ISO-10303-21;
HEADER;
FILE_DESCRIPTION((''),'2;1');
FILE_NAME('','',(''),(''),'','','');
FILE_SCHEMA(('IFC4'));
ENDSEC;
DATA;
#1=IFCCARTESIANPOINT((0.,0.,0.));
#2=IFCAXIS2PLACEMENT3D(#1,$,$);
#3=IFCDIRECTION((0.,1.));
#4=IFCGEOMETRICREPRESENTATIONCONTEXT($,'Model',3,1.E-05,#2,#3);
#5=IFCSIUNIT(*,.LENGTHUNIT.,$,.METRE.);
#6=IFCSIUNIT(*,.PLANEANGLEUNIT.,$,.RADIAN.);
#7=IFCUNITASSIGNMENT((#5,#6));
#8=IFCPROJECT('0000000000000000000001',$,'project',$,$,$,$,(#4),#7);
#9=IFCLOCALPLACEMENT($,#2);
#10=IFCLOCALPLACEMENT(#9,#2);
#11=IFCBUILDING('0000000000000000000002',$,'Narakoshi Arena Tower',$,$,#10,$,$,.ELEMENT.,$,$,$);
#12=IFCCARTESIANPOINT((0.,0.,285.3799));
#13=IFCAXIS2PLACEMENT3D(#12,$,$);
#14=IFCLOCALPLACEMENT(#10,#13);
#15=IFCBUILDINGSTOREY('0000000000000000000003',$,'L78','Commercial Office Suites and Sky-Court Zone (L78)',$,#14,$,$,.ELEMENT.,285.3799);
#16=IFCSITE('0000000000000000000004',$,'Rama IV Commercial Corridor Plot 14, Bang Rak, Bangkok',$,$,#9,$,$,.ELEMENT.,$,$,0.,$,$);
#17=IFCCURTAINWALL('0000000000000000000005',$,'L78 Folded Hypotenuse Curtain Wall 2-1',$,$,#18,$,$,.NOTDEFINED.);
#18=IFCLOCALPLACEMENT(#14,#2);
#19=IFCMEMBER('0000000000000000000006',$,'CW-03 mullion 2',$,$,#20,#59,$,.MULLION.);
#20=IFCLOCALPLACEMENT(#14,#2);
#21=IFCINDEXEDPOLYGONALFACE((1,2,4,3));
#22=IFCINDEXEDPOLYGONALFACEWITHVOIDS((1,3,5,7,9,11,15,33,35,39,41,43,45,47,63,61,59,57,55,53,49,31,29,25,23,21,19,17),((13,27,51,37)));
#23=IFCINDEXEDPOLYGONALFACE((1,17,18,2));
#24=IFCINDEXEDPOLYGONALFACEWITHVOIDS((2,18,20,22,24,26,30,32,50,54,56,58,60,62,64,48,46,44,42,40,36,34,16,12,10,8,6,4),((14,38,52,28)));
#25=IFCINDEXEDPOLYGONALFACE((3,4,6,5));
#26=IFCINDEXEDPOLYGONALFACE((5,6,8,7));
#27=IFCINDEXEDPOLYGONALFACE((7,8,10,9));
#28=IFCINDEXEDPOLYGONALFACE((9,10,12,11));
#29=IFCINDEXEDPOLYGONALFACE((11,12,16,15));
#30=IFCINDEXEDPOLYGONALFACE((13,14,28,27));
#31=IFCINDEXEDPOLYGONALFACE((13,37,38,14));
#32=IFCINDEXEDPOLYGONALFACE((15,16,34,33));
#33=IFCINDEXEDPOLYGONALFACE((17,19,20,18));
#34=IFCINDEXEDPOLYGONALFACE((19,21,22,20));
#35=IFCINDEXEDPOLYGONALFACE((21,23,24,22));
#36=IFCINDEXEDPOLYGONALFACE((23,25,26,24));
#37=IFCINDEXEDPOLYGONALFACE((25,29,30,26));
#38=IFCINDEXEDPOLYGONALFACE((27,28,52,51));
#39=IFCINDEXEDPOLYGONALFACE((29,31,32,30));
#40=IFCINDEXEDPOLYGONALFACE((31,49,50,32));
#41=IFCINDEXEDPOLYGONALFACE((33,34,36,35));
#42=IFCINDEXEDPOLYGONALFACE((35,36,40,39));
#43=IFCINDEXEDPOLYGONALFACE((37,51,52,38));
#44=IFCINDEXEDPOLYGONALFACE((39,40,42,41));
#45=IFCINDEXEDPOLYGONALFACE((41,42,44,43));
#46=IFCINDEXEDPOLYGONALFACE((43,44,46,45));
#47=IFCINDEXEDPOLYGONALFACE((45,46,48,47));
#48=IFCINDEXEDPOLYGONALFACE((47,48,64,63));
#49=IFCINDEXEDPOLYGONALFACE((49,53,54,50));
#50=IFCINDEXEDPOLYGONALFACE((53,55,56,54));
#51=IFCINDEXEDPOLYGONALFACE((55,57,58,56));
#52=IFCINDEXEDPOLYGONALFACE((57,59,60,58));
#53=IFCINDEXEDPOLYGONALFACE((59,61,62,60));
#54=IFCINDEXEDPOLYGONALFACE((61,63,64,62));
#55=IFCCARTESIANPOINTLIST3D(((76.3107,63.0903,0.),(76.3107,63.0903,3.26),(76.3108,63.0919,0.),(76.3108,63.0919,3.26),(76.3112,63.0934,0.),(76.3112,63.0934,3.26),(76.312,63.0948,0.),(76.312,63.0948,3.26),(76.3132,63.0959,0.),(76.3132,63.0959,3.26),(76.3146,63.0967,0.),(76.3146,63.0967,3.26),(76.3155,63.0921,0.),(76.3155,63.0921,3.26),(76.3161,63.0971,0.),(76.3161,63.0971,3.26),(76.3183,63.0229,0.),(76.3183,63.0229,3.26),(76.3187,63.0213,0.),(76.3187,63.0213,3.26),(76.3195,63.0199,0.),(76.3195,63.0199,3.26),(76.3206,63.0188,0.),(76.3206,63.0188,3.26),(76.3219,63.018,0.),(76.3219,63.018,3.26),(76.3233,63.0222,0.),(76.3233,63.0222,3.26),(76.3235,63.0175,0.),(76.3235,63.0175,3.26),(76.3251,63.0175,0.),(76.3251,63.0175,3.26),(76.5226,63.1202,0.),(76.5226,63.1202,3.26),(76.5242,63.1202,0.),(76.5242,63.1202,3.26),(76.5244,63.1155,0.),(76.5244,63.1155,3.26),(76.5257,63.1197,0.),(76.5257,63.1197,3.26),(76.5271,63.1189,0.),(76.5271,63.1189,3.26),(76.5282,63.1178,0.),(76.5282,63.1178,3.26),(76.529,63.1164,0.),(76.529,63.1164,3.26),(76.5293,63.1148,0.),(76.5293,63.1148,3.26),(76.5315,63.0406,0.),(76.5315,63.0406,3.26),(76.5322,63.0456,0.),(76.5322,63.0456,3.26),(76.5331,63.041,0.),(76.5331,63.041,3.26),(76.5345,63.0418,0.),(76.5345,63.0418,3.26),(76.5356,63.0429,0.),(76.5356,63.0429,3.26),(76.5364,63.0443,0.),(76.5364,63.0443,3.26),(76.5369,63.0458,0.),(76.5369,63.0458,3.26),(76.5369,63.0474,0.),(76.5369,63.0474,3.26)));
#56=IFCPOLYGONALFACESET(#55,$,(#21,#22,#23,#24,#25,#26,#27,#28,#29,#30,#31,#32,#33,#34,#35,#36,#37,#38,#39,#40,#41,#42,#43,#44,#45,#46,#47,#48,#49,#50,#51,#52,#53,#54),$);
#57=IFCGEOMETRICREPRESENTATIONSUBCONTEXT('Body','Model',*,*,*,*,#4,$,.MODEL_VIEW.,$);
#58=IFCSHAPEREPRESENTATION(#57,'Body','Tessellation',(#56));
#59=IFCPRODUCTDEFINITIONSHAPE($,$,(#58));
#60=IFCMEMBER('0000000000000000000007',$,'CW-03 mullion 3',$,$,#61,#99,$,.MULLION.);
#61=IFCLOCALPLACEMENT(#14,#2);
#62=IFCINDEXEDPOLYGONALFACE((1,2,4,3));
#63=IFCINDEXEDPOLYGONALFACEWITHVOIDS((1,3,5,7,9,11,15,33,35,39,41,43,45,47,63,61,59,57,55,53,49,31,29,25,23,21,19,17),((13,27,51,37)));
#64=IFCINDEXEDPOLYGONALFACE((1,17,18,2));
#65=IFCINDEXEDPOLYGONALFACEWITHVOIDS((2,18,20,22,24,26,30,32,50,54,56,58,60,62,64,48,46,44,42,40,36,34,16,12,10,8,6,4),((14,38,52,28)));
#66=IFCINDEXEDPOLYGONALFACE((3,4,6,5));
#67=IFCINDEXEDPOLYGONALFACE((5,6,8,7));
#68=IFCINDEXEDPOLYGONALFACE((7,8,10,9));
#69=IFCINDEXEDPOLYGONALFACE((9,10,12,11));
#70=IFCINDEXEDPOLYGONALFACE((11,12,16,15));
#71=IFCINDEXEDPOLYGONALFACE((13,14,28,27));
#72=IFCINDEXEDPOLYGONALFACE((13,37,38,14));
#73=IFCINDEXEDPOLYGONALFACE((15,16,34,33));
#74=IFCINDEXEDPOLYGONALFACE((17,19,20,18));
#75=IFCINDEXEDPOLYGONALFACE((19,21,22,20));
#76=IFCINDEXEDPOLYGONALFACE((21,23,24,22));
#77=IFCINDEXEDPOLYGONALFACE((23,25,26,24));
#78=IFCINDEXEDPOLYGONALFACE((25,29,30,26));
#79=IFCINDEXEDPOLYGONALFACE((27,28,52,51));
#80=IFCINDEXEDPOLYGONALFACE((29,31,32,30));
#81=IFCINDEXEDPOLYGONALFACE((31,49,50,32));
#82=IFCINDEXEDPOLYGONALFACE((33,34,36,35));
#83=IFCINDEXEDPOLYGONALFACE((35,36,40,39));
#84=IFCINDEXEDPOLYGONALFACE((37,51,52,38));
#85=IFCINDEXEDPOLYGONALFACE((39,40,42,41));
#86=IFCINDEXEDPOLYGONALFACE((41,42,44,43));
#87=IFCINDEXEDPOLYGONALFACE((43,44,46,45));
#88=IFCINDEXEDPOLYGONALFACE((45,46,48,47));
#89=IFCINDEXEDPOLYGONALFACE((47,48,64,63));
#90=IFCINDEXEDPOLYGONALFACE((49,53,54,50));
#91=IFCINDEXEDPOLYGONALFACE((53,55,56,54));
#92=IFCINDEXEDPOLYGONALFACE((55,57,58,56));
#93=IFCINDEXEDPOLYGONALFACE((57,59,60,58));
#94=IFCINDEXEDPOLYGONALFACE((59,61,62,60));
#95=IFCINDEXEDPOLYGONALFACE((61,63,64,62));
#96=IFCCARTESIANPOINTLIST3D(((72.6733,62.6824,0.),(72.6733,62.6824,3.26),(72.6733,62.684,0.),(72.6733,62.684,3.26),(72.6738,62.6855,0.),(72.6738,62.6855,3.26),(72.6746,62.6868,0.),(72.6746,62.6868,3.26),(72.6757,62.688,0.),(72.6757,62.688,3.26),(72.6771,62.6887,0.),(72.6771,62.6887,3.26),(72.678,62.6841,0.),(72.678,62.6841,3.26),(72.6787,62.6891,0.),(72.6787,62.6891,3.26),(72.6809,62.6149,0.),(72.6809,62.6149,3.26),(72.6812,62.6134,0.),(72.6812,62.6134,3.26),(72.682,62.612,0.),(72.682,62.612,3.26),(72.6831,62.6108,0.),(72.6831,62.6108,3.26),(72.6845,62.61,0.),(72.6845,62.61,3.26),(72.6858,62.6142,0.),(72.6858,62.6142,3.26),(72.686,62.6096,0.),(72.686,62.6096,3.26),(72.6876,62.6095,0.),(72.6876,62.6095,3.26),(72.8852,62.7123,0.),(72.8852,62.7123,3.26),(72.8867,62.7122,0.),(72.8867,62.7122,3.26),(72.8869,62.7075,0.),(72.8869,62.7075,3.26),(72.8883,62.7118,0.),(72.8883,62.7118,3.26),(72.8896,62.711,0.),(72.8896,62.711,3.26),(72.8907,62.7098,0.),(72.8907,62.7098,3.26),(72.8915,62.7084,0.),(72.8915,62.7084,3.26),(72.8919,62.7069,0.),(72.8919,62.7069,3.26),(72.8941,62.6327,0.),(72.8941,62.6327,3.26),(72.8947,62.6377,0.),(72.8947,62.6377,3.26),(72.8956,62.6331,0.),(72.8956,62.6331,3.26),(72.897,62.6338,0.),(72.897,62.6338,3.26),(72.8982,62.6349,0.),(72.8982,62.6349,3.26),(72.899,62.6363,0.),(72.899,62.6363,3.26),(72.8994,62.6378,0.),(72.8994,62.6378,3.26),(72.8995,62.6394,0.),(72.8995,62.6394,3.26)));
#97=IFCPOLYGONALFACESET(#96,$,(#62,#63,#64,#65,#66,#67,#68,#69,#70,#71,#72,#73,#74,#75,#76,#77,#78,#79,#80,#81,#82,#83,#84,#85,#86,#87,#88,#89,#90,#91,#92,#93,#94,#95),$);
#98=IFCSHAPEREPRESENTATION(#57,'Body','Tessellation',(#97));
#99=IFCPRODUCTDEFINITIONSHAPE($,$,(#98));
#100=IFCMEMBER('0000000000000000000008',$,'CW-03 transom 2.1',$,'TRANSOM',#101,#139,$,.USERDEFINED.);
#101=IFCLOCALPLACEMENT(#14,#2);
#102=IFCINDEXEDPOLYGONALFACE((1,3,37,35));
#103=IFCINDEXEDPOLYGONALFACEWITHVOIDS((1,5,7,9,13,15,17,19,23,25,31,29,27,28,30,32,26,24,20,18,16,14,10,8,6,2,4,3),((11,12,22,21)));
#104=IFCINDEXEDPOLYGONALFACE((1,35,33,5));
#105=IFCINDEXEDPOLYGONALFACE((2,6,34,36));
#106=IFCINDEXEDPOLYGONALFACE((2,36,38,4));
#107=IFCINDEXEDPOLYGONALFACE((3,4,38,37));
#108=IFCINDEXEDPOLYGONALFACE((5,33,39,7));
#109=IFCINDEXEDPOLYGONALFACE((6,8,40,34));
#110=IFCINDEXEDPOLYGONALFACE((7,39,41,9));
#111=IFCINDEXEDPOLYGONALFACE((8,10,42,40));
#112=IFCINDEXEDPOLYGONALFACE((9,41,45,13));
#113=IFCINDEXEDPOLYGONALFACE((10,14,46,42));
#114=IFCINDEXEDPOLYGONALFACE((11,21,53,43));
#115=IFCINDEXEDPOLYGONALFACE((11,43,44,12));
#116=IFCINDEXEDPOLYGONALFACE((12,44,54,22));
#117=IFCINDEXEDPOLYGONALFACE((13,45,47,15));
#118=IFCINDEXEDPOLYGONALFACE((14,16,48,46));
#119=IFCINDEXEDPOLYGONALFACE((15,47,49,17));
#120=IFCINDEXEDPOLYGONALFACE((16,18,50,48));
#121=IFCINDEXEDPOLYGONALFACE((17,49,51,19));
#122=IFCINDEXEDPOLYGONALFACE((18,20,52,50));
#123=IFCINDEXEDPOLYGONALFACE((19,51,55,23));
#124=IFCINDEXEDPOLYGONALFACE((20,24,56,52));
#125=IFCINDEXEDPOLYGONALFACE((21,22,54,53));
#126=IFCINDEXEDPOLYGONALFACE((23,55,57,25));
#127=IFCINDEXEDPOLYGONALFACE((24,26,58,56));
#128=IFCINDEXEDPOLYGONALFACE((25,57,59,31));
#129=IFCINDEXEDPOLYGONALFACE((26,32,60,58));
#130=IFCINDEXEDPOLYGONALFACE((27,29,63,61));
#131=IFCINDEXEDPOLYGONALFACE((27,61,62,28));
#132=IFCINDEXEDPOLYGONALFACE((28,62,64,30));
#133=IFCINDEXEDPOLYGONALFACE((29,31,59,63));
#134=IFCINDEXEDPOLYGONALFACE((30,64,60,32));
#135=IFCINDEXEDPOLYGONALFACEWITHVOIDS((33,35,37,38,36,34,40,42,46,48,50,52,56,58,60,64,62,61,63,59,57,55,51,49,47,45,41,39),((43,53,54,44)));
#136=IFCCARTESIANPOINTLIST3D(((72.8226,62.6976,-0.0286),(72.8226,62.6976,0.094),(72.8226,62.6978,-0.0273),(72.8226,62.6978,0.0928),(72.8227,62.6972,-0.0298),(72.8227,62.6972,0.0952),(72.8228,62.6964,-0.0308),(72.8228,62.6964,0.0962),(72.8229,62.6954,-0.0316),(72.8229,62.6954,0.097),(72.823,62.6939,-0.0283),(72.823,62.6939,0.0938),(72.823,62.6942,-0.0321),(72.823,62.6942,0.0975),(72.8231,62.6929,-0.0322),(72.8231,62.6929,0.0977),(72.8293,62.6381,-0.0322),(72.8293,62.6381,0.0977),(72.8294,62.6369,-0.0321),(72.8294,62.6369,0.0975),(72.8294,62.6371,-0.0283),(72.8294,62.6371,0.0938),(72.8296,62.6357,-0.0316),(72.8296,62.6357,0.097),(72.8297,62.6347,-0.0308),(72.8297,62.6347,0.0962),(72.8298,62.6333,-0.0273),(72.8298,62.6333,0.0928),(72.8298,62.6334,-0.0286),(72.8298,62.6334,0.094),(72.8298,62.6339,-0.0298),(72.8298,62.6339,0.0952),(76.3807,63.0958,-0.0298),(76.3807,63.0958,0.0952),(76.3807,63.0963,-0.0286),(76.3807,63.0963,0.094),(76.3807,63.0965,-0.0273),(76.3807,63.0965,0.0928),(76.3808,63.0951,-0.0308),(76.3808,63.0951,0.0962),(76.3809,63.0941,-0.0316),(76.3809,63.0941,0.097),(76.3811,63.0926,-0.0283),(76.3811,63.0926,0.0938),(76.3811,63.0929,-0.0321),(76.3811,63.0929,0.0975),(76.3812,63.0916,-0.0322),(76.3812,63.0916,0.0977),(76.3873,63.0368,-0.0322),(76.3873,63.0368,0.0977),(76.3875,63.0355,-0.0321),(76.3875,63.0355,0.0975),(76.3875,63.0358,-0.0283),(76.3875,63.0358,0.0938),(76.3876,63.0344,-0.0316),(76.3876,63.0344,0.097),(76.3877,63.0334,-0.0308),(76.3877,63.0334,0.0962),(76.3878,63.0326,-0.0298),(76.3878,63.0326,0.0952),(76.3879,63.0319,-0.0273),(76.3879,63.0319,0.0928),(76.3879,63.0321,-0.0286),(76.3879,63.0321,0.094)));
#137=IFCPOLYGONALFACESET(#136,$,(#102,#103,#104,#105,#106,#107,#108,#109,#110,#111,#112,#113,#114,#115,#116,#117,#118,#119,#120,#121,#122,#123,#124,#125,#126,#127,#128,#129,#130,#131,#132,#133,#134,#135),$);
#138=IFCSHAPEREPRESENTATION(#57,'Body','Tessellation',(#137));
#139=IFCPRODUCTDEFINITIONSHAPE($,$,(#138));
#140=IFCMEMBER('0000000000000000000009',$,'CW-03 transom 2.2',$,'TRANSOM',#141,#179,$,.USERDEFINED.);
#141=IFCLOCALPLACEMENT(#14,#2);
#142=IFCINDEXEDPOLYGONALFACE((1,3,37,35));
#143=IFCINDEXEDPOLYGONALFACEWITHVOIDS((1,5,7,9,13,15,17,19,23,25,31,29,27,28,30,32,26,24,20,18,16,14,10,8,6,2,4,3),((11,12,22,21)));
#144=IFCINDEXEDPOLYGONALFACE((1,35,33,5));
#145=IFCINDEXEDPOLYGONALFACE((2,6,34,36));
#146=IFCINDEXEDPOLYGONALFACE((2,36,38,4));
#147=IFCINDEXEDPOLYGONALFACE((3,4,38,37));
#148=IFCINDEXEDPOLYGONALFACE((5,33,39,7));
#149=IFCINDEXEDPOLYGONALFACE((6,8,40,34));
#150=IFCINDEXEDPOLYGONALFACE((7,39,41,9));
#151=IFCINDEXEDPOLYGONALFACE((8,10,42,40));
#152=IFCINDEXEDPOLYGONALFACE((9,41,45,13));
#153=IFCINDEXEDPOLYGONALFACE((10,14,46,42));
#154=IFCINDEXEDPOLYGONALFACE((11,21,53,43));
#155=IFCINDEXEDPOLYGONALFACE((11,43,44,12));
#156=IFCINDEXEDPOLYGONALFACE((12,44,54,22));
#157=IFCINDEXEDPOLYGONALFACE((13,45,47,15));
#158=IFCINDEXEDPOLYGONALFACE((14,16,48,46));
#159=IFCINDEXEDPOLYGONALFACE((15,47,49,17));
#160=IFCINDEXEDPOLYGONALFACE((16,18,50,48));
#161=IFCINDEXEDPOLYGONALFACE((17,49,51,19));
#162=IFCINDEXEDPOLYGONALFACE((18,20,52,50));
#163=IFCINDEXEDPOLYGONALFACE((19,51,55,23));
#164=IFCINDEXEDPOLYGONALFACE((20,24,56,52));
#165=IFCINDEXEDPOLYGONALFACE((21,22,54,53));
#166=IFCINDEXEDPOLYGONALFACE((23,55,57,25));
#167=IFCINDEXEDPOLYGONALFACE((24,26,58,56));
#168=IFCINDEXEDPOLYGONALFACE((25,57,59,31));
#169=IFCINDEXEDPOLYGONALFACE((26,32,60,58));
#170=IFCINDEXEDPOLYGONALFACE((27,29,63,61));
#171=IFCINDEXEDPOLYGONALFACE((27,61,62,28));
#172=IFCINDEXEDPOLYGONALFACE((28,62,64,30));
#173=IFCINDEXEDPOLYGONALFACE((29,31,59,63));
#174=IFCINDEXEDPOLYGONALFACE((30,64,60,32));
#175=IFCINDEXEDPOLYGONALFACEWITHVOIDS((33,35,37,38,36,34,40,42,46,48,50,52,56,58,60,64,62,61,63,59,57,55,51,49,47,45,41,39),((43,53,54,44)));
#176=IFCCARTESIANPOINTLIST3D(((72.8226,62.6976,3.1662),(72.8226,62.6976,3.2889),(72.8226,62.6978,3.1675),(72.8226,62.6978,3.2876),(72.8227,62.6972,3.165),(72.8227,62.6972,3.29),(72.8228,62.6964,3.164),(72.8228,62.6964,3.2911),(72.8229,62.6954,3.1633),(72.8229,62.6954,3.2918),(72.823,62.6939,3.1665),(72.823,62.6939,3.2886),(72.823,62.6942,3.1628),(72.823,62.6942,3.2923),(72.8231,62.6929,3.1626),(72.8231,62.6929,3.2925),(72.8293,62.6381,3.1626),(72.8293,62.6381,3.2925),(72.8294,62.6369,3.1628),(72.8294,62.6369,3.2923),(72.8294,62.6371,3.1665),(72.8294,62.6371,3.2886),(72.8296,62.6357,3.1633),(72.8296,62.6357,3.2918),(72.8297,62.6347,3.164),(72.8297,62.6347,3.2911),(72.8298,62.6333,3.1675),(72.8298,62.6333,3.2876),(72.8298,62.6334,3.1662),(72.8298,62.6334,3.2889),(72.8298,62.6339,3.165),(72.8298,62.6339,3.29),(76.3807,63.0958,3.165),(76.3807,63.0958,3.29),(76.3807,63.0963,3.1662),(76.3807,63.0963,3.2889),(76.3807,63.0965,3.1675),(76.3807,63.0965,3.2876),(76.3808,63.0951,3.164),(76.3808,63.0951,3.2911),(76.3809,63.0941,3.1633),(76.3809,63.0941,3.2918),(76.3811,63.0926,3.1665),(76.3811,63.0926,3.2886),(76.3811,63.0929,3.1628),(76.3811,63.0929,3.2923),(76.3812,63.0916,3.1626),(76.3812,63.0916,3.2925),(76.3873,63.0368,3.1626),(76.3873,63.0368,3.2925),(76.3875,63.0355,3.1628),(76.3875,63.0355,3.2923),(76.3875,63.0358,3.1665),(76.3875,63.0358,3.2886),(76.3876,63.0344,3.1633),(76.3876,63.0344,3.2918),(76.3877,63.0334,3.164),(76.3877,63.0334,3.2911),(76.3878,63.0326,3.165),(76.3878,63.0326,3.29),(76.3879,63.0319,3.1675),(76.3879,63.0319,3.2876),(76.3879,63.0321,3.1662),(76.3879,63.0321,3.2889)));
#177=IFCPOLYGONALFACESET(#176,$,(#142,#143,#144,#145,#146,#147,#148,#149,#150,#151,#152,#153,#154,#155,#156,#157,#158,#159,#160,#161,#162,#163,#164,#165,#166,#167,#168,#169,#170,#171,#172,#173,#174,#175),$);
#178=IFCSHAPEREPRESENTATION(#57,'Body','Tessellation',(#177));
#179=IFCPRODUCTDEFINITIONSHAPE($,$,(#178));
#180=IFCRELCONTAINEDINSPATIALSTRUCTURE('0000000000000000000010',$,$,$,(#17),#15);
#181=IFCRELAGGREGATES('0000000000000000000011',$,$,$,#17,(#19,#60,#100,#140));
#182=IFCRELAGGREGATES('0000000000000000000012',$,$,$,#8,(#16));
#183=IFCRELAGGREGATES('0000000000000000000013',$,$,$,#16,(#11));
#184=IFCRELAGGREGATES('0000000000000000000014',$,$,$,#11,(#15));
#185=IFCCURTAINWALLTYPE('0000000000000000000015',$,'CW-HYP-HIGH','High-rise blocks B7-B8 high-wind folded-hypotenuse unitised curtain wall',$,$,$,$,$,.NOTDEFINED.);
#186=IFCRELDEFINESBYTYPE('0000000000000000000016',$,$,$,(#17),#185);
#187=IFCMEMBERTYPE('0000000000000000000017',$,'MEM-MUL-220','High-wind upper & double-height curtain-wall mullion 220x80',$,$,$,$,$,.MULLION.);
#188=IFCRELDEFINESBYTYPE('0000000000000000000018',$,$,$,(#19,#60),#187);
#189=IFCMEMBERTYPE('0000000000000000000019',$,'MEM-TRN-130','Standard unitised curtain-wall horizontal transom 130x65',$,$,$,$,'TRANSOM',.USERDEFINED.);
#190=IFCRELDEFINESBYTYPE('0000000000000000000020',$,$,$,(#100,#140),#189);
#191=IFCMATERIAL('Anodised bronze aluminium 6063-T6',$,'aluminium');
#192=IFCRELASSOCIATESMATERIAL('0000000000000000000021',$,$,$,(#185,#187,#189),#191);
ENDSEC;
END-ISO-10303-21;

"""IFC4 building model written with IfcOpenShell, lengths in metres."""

from ifc_helpers import new_model, si_unit, direction, frame, origin, origin_2d, place, context, subcontext, project, spatial, hollow_rectangle, extrude, material, material_profile, profile_set, type_object, element, aggregate, save


model = new_model("IFC4")

# Units and contexts
model_context = context("Model", 3, precision=1e-05, world=origin(), true_north=direction((0.0, 1.0)))
body_context = subcontext(model_context, "Body", "Model", "MODEL_VIEW")
ifc_project = project(units=[si_unit("LENGTHUNIT", "METRE"), si_unit("PLANEANGLEUNIT", "RADIAN")], contexts=[model_context])

# Site, building, storey
site_placement = place(None, origin())
site = spatial("IfcSite", under=ifc_project, at=site_placement, Name="Rama IV Commercial Corridor Plot 14, Bang Rak, Bangkok", CompositionType="ELEMENT", RefElevation=0.0)
building_placement = place(site_placement, origin())
building = spatial("IfcBuilding", under=site, at=building_placement, Name="Narakoshi Arena Tower", CompositionType="ELEMENT")
storey_placement = place(building_placement, frame((0.0, 0.0, 285.3799)))
storey = spatial("IfcBuildingStorey", under=building, at=storey_placement, Name="L78", Description="Commercial Office Suites and Sky-Court Zone (L78)", CompositionType="ELEMENT", Elevation=285.3799)

# Curtain wall, members
ifc_material_1 = material(Name="Anodised bronze aluminium 6063-T6", Category="aluminium")
curtain_wall_type = type_object("IfcCurtainWallType", Name="CW-HYP-HIGH", Description="High-rise blocks B7-B8 high-wind folded-hypotenuse unitised curtain wall", PredefinedType="NOTDEFINED", material=ifc_material_1)
curtain_wall_placement = place(storey_placement, origin())
curtain_wall = element("IfcCurtainWall", 1, at=curtain_wall_placement, inside=storey, type_object=curtain_wall_type, Name="L78 Folded Hypotenuse Curtain Wall 2-1", PredefinedType="NOTDEFINED")
ifc_material_profile_1 = material_profile(ifc_material_1, hollow_rectangle(XDim=0.0801, YDim=0.22, WallThickness=0.0049, OuterFilletRadius=0.0061, at=origin_2d()), Name="MUL220x80x5")
ifc_profile_set_1 = profile_set([ifc_material_profile_1], Name="Anodised bronze aluminium 6063-T6")
member_type_1 = type_object("IfcMemberType", Name="MEM-MUL-220", Description="High-wind upper & double-height curtain-wall mullion 220x80", PredefinedType="MULLION", material=ifc_profile_set_1)
member_1_placement = place(storey_placement, frame((76.4238, 63.0688, 0.0), z_axis=(0.0, 0.0, 1.0), x_axis=(0.111396, -0.993776, 0.0)))
member_1 = element("IfcMember", 2, at=member_1_placement, type_object=member_type_1, Name="CW-03 mullion 2", PredefinedType="MULLION", context=body_context, shape_type="SweptSolid", body=[
    extrude(hollow_rectangle(XDim=0.0801, YDim=0.22, WallThickness=0.0049, OuterFilletRadius=0.0061, at=origin_2d()), origin(), (0.0, 0.0, 1.0), 3.26),
])
member_2_placement = place(storey_placement, frame((72.7864, 62.6609, 0.0), z_axis=(0.0, 0.0, 1.0), x_axis=(0.111396, -0.993776, 0.0)))
member_2 = element("IfcMember", 3, at=member_2_placement, type_object=member_type_1, Name="CW-03 mullion 3", PredefinedType="MULLION", context=body_context, shape_type="SweptSolid", body=[
    extrude(hollow_rectangle(XDim=0.0801, YDim=0.22, WallThickness=0.0049, OuterFilletRadius=0.0061, at=origin_2d()), origin(), (0.0, 0.0, 1.0), 3.26),
])
ifc_material_profile_2 = material_profile(ifc_material_1, hollow_rectangle(XDim=0.0649, YDim=0.1299, WallThickness=0.0039, OuterFilletRadius=0.0049, at=origin_2d()), Name="TRN130x65x4")
ifc_profile_set_2 = profile_set([ifc_material_profile_2], Name="Anodised bronze aluminium 6063-T6")
member_type_2 = type_object("IfcMemberType", Name="MEM-TRN-130", Description="Standard unitised curtain-wall horizontal transom 130x65", ElementType="TRANSOM", PredefinedType="USERDEFINED", material=ifc_profile_set_2)
member_3_placement = place(storey_placement, frame((76.3843, 63.0642, 0.0327), z_axis=(-0.993781, -0.111352, 0.0), x_axis=(0.111352, -0.993781, 0.0)))
member_3 = element("IfcMember", 4, at=member_3_placement, type_object=member_type_2, Name="CW-03 transom 2.1", ObjectType="TRANSOM", PredefinedType="USERDEFINED", context=body_context, shape_type="SweptSolid", body=[
    extrude(hollow_rectangle(XDim=0.0649, YDim=0.1299, WallThickness=0.0039, OuterFilletRadius=0.0049, at=origin_2d()), origin(), (0.0, 0.0, 1.0), 3.5803),
])
member_4_placement = place(storey_placement, frame((76.3843, 63.0642, 3.2275), z_axis=(-0.993781, -0.111352, 0.0), x_axis=(0.111352, -0.993781, 0.0)))
member_4 = element("IfcMember", 5, at=member_4_placement, type_object=member_type_2, Name="CW-03 transom 2.2", ObjectType="TRANSOM", PredefinedType="USERDEFINED", context=body_context, shape_type="SweptSolid", body=[
    extrude(hollow_rectangle(XDim=0.0649, YDim=0.1299, WallThickness=0.0039, OuterFilletRadius=0.0049, at=origin_2d()), origin(), (0.0, 0.0, 1.0), 3.5803),
])
aggregate(curtain_wall, [member_1, member_2, member_3, member_4])

save(model, "model.ifc")
